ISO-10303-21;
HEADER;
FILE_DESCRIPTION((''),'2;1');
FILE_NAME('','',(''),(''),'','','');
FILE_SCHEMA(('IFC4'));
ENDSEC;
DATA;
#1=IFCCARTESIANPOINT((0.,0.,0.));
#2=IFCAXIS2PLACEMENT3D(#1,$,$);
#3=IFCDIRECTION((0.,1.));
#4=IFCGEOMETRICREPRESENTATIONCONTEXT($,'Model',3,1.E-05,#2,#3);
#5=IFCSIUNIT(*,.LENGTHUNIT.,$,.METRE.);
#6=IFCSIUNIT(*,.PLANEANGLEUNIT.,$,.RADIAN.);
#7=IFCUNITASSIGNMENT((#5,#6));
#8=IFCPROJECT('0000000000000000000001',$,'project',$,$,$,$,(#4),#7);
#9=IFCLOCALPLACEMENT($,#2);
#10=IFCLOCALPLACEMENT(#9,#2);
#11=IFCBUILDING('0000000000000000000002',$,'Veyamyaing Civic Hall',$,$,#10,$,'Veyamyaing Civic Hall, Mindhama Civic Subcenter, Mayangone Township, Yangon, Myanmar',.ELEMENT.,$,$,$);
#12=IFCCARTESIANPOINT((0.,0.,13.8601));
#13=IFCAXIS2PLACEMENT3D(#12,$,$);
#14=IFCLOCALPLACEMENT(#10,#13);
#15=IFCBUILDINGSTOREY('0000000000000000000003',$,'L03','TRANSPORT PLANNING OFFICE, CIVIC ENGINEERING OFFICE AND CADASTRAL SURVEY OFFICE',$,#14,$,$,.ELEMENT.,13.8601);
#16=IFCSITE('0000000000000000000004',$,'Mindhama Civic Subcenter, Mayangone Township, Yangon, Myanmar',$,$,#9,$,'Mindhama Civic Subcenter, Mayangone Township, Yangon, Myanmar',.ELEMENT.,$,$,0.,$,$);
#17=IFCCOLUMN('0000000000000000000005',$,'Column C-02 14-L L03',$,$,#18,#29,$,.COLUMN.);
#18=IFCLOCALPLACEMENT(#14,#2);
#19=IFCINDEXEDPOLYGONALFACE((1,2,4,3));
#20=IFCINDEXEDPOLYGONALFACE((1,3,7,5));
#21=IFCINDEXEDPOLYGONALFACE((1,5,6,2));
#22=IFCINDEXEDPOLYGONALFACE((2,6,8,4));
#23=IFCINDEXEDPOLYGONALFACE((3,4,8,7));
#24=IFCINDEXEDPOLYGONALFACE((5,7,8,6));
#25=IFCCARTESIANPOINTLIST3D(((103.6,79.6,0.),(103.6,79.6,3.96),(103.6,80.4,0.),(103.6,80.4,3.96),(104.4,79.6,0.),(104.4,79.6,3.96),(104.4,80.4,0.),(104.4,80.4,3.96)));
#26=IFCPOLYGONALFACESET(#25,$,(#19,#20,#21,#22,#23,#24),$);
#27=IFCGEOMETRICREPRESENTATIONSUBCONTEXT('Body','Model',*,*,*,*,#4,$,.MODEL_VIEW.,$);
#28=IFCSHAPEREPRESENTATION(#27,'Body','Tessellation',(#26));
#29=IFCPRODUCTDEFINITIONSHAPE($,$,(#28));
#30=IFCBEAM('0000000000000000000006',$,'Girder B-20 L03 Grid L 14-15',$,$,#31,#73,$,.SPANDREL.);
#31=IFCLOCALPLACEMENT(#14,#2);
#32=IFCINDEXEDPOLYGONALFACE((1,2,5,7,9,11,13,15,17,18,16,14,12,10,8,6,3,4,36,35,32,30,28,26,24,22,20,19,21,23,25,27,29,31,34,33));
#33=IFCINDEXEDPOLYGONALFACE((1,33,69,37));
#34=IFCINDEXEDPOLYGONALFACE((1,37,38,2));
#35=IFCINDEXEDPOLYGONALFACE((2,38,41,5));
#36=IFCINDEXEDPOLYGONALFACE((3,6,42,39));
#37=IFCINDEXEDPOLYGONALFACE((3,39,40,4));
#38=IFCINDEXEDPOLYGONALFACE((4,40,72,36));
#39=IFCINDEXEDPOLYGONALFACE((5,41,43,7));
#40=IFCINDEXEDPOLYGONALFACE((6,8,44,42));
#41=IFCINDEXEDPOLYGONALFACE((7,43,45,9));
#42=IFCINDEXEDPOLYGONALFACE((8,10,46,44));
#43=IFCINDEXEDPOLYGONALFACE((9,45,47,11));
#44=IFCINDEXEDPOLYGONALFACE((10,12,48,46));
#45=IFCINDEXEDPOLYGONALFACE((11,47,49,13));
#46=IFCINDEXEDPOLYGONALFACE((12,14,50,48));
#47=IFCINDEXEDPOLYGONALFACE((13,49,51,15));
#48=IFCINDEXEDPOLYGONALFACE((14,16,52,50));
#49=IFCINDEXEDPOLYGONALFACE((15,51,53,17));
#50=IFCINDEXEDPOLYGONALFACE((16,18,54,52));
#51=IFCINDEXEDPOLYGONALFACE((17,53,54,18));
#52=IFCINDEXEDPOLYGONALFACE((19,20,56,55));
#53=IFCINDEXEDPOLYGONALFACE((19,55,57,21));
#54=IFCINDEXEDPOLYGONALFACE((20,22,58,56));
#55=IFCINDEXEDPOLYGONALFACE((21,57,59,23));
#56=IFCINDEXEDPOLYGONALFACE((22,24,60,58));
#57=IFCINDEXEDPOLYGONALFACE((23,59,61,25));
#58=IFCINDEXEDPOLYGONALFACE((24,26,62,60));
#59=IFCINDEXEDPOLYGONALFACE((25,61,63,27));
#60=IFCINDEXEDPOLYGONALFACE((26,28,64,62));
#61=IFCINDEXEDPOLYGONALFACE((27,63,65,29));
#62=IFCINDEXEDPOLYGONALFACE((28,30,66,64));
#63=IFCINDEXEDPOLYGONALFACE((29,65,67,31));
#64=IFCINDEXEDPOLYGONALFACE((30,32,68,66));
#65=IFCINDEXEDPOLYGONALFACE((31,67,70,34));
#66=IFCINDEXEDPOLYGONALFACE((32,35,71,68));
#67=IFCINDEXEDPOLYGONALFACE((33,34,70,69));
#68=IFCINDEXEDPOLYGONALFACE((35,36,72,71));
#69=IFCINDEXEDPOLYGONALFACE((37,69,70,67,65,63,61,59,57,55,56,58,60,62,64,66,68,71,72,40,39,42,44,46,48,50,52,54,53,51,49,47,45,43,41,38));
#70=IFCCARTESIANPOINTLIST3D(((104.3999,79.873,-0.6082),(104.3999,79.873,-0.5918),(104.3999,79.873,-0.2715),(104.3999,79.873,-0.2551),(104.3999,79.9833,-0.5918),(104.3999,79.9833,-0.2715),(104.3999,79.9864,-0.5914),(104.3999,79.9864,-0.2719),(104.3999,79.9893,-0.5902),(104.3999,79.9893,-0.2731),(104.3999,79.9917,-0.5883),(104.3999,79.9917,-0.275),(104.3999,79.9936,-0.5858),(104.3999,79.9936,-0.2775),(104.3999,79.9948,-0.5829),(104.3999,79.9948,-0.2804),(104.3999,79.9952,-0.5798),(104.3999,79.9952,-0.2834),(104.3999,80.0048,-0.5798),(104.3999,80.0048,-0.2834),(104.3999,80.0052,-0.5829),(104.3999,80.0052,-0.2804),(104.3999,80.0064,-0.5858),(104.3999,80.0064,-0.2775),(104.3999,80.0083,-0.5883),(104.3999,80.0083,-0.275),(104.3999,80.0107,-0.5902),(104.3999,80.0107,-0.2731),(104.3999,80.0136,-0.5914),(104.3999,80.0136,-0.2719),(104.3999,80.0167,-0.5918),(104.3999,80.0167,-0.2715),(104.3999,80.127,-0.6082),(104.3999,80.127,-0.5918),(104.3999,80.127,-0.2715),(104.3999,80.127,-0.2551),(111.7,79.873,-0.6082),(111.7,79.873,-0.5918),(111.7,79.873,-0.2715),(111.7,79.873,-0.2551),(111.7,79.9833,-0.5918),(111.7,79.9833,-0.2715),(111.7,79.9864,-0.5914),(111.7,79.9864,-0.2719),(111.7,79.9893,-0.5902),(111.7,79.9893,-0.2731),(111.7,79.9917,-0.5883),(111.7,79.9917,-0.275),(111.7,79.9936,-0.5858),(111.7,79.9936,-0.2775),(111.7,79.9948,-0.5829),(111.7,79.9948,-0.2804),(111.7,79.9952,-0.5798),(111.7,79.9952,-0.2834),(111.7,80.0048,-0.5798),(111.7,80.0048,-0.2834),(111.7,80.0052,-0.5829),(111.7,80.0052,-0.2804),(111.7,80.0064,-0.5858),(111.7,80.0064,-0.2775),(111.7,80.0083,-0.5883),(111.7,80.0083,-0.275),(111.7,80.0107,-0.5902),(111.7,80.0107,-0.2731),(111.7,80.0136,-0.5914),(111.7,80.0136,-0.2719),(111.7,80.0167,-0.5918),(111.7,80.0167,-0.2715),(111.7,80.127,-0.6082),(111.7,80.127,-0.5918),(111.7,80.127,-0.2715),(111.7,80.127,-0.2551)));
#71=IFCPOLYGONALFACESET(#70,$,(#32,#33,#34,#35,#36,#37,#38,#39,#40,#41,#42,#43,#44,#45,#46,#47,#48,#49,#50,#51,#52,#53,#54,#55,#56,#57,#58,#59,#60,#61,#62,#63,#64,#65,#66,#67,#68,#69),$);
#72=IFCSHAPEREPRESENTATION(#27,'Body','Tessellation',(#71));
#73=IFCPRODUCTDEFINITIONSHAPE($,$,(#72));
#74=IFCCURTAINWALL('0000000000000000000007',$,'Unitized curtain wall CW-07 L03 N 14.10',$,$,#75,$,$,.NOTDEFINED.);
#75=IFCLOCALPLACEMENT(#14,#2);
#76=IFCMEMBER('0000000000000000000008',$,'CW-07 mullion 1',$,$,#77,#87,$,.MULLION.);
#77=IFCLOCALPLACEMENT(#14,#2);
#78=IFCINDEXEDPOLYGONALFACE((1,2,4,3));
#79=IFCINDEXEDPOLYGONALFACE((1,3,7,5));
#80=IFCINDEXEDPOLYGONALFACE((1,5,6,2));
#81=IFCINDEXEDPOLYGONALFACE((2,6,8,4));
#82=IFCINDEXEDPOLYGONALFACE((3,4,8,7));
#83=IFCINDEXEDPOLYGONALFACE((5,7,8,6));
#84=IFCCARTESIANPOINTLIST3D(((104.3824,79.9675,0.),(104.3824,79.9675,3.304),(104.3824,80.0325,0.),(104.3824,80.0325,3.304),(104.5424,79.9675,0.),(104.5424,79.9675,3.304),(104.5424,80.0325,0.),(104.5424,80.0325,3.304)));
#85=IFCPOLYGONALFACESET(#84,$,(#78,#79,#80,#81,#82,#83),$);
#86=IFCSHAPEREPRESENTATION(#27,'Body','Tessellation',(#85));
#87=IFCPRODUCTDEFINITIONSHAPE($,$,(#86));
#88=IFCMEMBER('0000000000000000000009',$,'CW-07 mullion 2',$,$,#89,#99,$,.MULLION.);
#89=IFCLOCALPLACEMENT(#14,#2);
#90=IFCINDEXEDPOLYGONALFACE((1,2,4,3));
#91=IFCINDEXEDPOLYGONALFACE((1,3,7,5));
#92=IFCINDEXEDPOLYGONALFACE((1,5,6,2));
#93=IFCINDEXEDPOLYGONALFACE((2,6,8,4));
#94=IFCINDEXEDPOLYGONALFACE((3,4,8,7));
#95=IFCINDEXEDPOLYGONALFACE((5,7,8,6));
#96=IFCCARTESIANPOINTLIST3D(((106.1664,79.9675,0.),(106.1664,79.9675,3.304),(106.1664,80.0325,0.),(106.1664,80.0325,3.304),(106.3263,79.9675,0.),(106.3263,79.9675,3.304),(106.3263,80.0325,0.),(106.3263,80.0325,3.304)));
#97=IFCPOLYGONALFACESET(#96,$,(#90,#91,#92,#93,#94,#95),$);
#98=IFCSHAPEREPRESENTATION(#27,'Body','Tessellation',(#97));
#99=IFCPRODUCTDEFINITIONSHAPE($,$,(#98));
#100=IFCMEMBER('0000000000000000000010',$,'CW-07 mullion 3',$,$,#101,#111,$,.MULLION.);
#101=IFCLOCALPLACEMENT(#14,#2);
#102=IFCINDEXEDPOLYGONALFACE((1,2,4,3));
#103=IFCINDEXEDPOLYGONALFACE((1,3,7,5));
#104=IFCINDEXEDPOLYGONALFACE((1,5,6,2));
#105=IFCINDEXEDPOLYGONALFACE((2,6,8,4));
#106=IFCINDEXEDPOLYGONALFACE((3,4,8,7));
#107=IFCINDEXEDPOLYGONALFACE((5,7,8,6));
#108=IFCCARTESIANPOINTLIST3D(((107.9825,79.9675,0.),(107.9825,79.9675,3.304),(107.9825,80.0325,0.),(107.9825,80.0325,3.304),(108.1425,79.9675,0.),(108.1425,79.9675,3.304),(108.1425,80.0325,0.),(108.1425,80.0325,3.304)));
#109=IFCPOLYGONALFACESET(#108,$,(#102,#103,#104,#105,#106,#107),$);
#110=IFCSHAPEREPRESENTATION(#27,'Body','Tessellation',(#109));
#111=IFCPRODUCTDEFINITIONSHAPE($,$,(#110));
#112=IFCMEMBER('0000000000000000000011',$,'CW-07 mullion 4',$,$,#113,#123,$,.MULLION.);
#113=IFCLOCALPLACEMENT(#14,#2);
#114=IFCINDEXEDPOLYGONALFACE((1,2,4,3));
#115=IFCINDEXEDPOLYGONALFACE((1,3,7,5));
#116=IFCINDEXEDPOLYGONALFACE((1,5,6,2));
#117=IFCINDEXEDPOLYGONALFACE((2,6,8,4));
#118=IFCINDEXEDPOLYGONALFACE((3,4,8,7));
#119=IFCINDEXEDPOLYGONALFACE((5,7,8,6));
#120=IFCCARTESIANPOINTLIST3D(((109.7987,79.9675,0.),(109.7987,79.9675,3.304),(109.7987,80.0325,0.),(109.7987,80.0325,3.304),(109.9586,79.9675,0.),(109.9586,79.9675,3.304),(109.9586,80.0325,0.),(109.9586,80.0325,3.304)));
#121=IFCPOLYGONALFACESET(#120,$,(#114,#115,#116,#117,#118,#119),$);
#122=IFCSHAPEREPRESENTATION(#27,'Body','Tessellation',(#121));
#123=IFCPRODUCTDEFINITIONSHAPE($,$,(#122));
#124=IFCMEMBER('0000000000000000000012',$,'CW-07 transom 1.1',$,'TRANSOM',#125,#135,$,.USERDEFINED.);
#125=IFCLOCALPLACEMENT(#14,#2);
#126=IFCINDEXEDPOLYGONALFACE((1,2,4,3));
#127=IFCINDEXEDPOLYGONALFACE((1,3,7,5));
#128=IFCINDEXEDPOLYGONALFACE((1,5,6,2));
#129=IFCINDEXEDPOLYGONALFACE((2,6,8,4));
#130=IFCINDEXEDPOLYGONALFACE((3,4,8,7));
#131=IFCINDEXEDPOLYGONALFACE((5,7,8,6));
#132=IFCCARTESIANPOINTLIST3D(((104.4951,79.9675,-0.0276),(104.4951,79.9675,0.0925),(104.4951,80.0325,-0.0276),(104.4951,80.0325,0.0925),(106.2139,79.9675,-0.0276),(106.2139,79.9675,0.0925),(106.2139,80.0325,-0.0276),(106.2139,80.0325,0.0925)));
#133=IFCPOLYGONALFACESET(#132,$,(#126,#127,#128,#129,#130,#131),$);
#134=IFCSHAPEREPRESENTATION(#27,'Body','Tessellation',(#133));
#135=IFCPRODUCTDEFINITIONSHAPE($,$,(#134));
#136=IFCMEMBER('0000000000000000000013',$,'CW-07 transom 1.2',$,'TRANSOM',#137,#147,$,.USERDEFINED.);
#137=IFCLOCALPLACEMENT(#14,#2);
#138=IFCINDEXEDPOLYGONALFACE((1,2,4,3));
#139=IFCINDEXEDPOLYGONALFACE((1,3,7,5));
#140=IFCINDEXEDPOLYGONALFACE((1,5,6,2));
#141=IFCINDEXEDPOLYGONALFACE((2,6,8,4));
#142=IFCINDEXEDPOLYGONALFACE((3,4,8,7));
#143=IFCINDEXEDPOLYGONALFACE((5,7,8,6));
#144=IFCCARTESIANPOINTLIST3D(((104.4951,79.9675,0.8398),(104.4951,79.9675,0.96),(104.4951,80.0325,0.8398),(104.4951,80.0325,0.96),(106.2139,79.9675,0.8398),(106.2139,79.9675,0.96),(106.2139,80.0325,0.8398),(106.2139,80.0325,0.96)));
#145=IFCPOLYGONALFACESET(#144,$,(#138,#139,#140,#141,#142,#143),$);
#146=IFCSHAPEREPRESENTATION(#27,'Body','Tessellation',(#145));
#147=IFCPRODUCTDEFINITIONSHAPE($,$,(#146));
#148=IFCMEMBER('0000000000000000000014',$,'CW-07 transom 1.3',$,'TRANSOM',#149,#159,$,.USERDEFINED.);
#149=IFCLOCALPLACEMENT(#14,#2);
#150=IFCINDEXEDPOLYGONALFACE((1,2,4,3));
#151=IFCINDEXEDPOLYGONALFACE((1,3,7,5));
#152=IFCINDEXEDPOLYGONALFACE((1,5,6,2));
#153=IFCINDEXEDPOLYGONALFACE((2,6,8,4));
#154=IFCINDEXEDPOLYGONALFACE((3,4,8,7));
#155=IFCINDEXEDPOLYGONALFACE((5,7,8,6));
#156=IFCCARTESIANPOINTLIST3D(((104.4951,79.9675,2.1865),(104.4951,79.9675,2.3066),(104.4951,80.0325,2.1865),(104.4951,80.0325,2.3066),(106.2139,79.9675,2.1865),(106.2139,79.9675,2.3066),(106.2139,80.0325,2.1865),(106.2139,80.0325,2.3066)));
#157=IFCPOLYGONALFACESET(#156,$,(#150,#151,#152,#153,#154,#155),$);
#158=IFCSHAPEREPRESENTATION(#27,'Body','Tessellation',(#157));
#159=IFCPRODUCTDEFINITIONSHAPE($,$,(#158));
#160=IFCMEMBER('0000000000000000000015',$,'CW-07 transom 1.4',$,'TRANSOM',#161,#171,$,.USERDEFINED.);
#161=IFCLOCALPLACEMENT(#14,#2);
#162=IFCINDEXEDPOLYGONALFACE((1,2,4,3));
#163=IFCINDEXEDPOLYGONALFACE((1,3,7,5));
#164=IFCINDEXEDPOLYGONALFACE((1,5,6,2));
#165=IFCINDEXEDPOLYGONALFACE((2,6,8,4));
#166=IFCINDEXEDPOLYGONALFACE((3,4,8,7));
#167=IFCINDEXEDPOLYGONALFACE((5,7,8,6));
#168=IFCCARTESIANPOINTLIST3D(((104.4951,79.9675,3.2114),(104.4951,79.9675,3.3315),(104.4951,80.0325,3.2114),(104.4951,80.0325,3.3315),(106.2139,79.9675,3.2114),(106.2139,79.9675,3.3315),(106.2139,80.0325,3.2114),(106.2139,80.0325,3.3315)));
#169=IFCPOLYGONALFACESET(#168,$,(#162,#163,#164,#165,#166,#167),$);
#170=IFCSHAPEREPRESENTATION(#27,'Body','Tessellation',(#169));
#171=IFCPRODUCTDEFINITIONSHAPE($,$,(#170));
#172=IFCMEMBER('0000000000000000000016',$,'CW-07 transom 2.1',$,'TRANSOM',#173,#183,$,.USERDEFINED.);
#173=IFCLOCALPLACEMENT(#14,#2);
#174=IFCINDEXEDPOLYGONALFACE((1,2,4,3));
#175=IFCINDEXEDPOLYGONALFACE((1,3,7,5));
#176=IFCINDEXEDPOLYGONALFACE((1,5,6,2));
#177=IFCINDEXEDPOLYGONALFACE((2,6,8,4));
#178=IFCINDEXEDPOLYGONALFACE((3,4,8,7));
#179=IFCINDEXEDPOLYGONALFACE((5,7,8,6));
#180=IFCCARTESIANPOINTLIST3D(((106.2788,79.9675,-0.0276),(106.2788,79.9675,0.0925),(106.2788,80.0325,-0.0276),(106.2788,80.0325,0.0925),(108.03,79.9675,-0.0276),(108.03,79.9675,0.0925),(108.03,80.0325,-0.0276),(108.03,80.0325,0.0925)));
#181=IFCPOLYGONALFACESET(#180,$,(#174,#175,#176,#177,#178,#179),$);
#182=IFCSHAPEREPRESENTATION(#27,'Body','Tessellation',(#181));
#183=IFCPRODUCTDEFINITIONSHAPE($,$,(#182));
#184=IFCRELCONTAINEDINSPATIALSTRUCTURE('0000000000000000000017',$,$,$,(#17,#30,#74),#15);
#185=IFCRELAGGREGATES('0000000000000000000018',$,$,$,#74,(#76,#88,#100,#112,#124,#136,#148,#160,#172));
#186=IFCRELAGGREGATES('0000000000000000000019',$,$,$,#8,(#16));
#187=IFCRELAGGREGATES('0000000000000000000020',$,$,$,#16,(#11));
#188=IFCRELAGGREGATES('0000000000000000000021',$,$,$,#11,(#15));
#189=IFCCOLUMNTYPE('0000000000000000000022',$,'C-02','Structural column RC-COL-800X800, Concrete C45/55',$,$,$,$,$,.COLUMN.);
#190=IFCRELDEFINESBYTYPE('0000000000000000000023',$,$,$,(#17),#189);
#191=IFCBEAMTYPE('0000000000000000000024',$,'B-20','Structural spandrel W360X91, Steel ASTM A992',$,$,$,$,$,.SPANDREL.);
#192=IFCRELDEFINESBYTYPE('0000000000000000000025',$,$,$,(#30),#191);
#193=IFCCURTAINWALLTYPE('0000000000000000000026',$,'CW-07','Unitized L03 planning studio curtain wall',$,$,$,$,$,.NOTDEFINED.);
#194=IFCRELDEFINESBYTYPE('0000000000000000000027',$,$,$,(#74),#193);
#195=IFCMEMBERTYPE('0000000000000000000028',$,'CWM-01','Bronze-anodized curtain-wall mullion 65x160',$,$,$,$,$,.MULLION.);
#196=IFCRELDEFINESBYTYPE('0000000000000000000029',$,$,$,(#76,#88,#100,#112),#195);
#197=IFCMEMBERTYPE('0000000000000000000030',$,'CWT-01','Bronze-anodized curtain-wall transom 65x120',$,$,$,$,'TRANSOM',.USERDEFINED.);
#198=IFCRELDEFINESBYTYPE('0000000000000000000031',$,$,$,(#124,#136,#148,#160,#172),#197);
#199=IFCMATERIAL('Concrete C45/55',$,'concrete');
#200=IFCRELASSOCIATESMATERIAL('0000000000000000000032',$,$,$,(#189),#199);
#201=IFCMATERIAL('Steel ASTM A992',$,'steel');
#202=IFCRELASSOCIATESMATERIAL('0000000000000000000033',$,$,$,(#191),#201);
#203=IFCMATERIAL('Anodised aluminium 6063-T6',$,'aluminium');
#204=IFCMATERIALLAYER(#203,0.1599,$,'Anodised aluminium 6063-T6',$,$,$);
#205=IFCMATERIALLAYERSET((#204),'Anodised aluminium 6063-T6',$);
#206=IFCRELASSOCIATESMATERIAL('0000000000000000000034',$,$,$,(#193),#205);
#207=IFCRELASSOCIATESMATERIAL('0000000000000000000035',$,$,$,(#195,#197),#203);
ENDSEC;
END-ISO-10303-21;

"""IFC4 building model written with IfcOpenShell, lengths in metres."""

from ifc_helpers import new_model, si_unit, direction, frame, origin, origin_2d, place, context, subcontext, project, spatial, rectangle, i_section, extrude, material, layer, layer_set, material_profile, profile_set, type_object, element, aggregate, save


model = new_model("IFC4")

# Units and contexts
model_context = context("Model", 3, precision=1e-05, world=origin(), true_north=direction((0.0, 1.0)))
body_context = subcontext(model_context, "Body", "Model", "MODEL_VIEW")
ifc_project = project(units=[si_unit("LENGTHUNIT", "METRE"), si_unit("PLANEANGLEUNIT", "RADIAN")], contexts=[model_context])

# Site, building, storey
site_placement = place(None, origin())
site = spatial("IfcSite", under=ifc_project, at=site_placement, Name="Mindhama Civic Subcenter, Mayangone Township, Yangon, Myanmar", LongName="Mindhama Civic Subcenter, Mayangone Township, Yangon, Myanmar", CompositionType="ELEMENT", RefElevation=0.0)
building_placement = place(site_placement, origin())
building = spatial("IfcBuilding", under=site, at=building_placement, Name="Veyamyaing Civic Hall", LongName="Veyamyaing Civic Hall, Mindhama Civic Subcenter, Mayangone Township, Yangon, Myanmar", CompositionType="ELEMENT")
storey_placement = place(building_placement, frame((0.0, 0.0, 13.8601)))
storey = spatial("IfcBuildingStorey", under=building, at=storey_placement, Name="L03", Description="TRANSPORT PLANNING OFFICE, CIVIC ENGINEERING OFFICE AND CADASTRAL SURVEY OFFICE", CompositionType="ELEMENT", Elevation=13.8601)

# Column
ifc_material_1 = material(Name="Concrete C45/55", Category="concrete")
ifc_material_profile_1 = material_profile(ifc_material_1, rectangle(XDim=0.8, YDim=0.8, at=origin_2d()), Name="RC-COL-800X800")
ifc_profile_set_1 = profile_set([ifc_material_profile_1], Name="Concrete C45/55")
column_type = type_object("IfcColumnType", Name="C-02", Description="Structural column RC-COL-800X800, Concrete C45/55", PredefinedType="COLUMN", material=ifc_profile_set_1)
column_placement = place(storey_placement, frame((104.0, 80.0, 0.0), z_axis=(0.0, 0.0, 1.0), x_axis=(1.0, 0.0, 0.0)))
element("IfcColumn", 1, at=column_placement, inside=storey, type_object=column_type, Name="Column C-02 14-L L03", PredefinedType="COLUMN", context=body_context, shape_type="SweptSolid", body=[
    extrude(rectangle(XDim=0.8, YDim=0.8, at=origin_2d()), origin(), (0.0, 0.0, 1.0), 3.96),
])

# Beam
ifc_material_2 = material(Name="Steel ASTM A992", Category="steel")
ifc_material_profile_2 = material_profile(ifc_material_2, i_section(OverallWidth=0.2539, OverallDepth=0.353, WebThickness=0.0095, FlangeThickness=0.0164, FilletRadius=0.012, at=origin_2d()), Name="W360X91")
ifc_profile_set_2 = profile_set([ifc_material_profile_2], Name="Steel ASTM A992")
beam_type_1 = type_object("IfcBeamType", Name="B-20", Description="Structural spandrel W360X91, Steel ASTM A992", PredefinedType="SPANDREL", material=ifc_profile_set_2)
beam_placement = place(storey_placement, frame((104.3999, 80.0, -0.4316), z_axis=(1.0, 0.0, 0.0), x_axis=(0.0, 1.0, 0.0)))
element("IfcBeam", 2, at=beam_placement, inside=storey, type_object=beam_type_1, Name="Girder B-20 L03 Grid L 14-15", PredefinedType="SPANDREL", context=body_context, shape_type="SweptSolid", body=[
    extrude(i_section(OverallWidth=0.2539, OverallDepth=0.353, WebThickness=0.0095, FlangeThickness=0.0164, FilletRadius=0.012, at=origin_2d()), origin(), (0.0, 0.0, 1.0), 7.3),
])

# Curtain wall, members
ifc_material_3 = material(Name="Anodised aluminium 6063-T6", Category="aluminium")
ifc_layer_1 = layer(ifc_material_3, 0.1599, Name="Anodised aluminium 6063-T6")
ifc_layer_set_1 = layer_set([ifc_layer_1], Name="Anodised aluminium 6063-T6")
curtain_wall_type = type_object("IfcCurtainWallType", Name="CW-07", Description="Unitized L03 planning studio curtain wall", PredefinedType="NOTDEFINED", material=ifc_layer_set_1)
curtain_wall_placement = place(storey_placement, origin())
curtain_wall = element("IfcCurtainWall", 3, at=curtain_wall_placement, inside=storey, type_object=curtain_wall_type, Name="Unitized curtain wall CW-07 L03 N 14.10", PredefinedType="NOTDEFINED")
ifc_material_profile_3 = material_profile(ifc_material_3, rectangle(XDim=0.0649, YDim=0.1599, at=origin_2d()), Name="ALU-MUL-65X160")
ifc_profile_set_3 = profile_set([ifc_material_profile_3], Name="Anodised aluminium 6063-T6")
member_type_1 = type_object("IfcMemberType", Name="CWM-01", Description="Bronze-anodized curtain-wall mullion 65x160", PredefinedType="MULLION", material=ifc_profile_set_3)
member_1_placement = place(storey_placement, frame((104.4624, 80.0, 0.0), z_axis=(0.0, 0.0, 1.0), x_axis=(0.0, 1.0, 0.0)))
member_1 = element("IfcMember", 4, at=member_1_placement, type_object=member_type_1, Name="CW-07 mullion 1", PredefinedType="MULLION", context=body_context, shape_type="SweptSolid", body=[
    extrude(rectangle(XDim=0.0649, YDim=0.1599, at=origin_2d()), origin(), (0.0, 0.0, 1.0), 3.304),
])
member_2_placement = place(storey_placement, frame((106.2463, 80.0, 0.0), z_axis=(0.0, 0.0, 1.0), x_axis=(0.0, 1.0, 0.0)))
member_2 = element("IfcMember", 5, at=member_2_placement, type_object=member_type_1, Name="CW-07 mullion 2", PredefinedType="MULLION", context=body_context, shape_type="SweptSolid", body=[
    extrude(rectangle(XDim=0.0649, YDim=0.1599, at=origin_2d()), origin(), (0.0, 0.0, 1.0), 3.304),
])
member_3_placement = place(storey_placement, frame((108.0625, 80.0, 0.0), z_axis=(0.0, 0.0, 1.0), x_axis=(0.0, 1.0, 0.0)))
member_3 = element("IfcMember", 6, at=member_3_placement, type_object=member_type_1, Name="CW-07 mullion 3", PredefinedType="MULLION", context=body_context, shape_type="SweptSolid", body=[
    extrude(rectangle(XDim=0.0649, YDim=0.1599, at=origin_2d()), origin(), (0.0, 0.0, 1.0), 3.304),
])
member_4_placement = place(storey_placement, frame((109.8787, 80.0, 0.0), z_axis=(0.0, 0.0, 1.0), x_axis=(0.0, 1.0, 0.0)))
member_4 = element("IfcMember", 7, at=member_4_placement, type_object=member_type_1, Name="CW-07 mullion 4", PredefinedType="MULLION", context=body_context, shape_type="SweptSolid", body=[
    extrude(rectangle(XDim=0.0649, YDim=0.1599, at=origin_2d()), origin(), (0.0, 0.0, 1.0), 3.304),
])
ifc_material_profile_4 = material_profile(ifc_material_3, rectangle(XDim=0.0649, YDim=0.1201, at=origin_2d()), Name="ALU-TRN-65X120")
ifc_profile_set_4 = profile_set([ifc_material_profile_4], Name="Anodised aluminium 6063-T6")
member_type_2 = type_object("IfcMemberType", Name="CWT-01", Description="Bronze-anodized curtain-wall transom 65x120", ElementType="TRANSOM", PredefinedType="USERDEFINED", material=ifc_profile_set_4)
member_5_placement = place(storey_placement, frame((104.4951, 80.0, 0.0325), z_axis=(1.0, 0.0, 0.0), x_axis=(0.0, 1.0, 0.0)))
member_5 = element("IfcMember", 8, at=member_5_placement, type_object=member_type_2, Name="CW-07 transom 1.1", ObjectType="TRANSOM", PredefinedType="USERDEFINED", context=body_context, shape_type="SweptSolid", body=[
    extrude(rectangle(XDim=0.0649, YDim=0.1201, at=origin_2d()), origin(), (0.0, 0.0, 1.0), 1.7188),
])
member_6_placement = place(storey_placement, frame((104.4951, 80.0, 0.8999), z_axis=(1.0, 0.0, 0.0), x_axis=(0.0, 1.0, 0.0)))
member_6 = element("IfcMember", 9, at=member_6_placement, type_object=member_type_2, Name="CW-07 transom 1.2", ObjectType="TRANSOM", PredefinedType="USERDEFINED", context=body_context, shape_type="SweptSolid", body=[
    extrude(rectangle(XDim=0.0649, YDim=0.1201, at=origin_2d()), origin(), (0.0, 0.0, 1.0), 1.7188),
])
member_7_placement = place(storey_placement, frame((104.4951, 80.0, 2.2466), z_axis=(1.0, 0.0, 0.0), x_axis=(0.0, 1.0, 0.0)))
member_7 = element("IfcMember", 10, at=member_7_placement, type_object=member_type_2, Name="CW-07 transom 1.3", ObjectType="TRANSOM", PredefinedType="USERDEFINED", context=body_context, shape_type="SweptSolid", body=[
    extrude(rectangle(XDim=0.0649, YDim=0.1201, at=origin_2d()), origin(), (0.0, 0.0, 1.0), 1.7188),
])
member_8_placement = place(storey_placement, frame((104.4951, 80.0, 3.2715), z_axis=(1.0, 0.0, 0.0), x_axis=(0.0, 1.0, 0.0)))
member_8 = element("IfcMember", 11, at=member_8_placement, type_object=member_type_2, Name="CW-07 transom 1.4", ObjectType="TRANSOM", PredefinedType="USERDEFINED", context=body_context, shape_type="SweptSolid", body=[
    extrude(rectangle(XDim=0.0649, YDim=0.1201, at=origin_2d()), origin(), (0.0, 0.0, 1.0), 1.7188),
])
member_9_placement = place(storey_placement, frame((106.2788, 80.0, 0.0325), z_axis=(1.0, 0.0, 0.0), x_axis=(0.0, 1.0, 0.0)))
member_9 = element("IfcMember", 12, at=member_9_placement, type_object=member_type_2, Name="CW-07 transom 2.1", ObjectType="TRANSOM", PredefinedType="USERDEFINED", context=body_context, shape_type="SweptSolid", body=[
    extrude(rectangle(XDim=0.0649, YDim=0.1201, at=origin_2d()), origin(), (0.0, 0.0, 1.0), 1.7512),
])

aggregate(curtain_wall, [member_1, member_2, member_3, member_4, member_5, member_6, member_7, member_8, member_9])

save(model, "model.ifc")
